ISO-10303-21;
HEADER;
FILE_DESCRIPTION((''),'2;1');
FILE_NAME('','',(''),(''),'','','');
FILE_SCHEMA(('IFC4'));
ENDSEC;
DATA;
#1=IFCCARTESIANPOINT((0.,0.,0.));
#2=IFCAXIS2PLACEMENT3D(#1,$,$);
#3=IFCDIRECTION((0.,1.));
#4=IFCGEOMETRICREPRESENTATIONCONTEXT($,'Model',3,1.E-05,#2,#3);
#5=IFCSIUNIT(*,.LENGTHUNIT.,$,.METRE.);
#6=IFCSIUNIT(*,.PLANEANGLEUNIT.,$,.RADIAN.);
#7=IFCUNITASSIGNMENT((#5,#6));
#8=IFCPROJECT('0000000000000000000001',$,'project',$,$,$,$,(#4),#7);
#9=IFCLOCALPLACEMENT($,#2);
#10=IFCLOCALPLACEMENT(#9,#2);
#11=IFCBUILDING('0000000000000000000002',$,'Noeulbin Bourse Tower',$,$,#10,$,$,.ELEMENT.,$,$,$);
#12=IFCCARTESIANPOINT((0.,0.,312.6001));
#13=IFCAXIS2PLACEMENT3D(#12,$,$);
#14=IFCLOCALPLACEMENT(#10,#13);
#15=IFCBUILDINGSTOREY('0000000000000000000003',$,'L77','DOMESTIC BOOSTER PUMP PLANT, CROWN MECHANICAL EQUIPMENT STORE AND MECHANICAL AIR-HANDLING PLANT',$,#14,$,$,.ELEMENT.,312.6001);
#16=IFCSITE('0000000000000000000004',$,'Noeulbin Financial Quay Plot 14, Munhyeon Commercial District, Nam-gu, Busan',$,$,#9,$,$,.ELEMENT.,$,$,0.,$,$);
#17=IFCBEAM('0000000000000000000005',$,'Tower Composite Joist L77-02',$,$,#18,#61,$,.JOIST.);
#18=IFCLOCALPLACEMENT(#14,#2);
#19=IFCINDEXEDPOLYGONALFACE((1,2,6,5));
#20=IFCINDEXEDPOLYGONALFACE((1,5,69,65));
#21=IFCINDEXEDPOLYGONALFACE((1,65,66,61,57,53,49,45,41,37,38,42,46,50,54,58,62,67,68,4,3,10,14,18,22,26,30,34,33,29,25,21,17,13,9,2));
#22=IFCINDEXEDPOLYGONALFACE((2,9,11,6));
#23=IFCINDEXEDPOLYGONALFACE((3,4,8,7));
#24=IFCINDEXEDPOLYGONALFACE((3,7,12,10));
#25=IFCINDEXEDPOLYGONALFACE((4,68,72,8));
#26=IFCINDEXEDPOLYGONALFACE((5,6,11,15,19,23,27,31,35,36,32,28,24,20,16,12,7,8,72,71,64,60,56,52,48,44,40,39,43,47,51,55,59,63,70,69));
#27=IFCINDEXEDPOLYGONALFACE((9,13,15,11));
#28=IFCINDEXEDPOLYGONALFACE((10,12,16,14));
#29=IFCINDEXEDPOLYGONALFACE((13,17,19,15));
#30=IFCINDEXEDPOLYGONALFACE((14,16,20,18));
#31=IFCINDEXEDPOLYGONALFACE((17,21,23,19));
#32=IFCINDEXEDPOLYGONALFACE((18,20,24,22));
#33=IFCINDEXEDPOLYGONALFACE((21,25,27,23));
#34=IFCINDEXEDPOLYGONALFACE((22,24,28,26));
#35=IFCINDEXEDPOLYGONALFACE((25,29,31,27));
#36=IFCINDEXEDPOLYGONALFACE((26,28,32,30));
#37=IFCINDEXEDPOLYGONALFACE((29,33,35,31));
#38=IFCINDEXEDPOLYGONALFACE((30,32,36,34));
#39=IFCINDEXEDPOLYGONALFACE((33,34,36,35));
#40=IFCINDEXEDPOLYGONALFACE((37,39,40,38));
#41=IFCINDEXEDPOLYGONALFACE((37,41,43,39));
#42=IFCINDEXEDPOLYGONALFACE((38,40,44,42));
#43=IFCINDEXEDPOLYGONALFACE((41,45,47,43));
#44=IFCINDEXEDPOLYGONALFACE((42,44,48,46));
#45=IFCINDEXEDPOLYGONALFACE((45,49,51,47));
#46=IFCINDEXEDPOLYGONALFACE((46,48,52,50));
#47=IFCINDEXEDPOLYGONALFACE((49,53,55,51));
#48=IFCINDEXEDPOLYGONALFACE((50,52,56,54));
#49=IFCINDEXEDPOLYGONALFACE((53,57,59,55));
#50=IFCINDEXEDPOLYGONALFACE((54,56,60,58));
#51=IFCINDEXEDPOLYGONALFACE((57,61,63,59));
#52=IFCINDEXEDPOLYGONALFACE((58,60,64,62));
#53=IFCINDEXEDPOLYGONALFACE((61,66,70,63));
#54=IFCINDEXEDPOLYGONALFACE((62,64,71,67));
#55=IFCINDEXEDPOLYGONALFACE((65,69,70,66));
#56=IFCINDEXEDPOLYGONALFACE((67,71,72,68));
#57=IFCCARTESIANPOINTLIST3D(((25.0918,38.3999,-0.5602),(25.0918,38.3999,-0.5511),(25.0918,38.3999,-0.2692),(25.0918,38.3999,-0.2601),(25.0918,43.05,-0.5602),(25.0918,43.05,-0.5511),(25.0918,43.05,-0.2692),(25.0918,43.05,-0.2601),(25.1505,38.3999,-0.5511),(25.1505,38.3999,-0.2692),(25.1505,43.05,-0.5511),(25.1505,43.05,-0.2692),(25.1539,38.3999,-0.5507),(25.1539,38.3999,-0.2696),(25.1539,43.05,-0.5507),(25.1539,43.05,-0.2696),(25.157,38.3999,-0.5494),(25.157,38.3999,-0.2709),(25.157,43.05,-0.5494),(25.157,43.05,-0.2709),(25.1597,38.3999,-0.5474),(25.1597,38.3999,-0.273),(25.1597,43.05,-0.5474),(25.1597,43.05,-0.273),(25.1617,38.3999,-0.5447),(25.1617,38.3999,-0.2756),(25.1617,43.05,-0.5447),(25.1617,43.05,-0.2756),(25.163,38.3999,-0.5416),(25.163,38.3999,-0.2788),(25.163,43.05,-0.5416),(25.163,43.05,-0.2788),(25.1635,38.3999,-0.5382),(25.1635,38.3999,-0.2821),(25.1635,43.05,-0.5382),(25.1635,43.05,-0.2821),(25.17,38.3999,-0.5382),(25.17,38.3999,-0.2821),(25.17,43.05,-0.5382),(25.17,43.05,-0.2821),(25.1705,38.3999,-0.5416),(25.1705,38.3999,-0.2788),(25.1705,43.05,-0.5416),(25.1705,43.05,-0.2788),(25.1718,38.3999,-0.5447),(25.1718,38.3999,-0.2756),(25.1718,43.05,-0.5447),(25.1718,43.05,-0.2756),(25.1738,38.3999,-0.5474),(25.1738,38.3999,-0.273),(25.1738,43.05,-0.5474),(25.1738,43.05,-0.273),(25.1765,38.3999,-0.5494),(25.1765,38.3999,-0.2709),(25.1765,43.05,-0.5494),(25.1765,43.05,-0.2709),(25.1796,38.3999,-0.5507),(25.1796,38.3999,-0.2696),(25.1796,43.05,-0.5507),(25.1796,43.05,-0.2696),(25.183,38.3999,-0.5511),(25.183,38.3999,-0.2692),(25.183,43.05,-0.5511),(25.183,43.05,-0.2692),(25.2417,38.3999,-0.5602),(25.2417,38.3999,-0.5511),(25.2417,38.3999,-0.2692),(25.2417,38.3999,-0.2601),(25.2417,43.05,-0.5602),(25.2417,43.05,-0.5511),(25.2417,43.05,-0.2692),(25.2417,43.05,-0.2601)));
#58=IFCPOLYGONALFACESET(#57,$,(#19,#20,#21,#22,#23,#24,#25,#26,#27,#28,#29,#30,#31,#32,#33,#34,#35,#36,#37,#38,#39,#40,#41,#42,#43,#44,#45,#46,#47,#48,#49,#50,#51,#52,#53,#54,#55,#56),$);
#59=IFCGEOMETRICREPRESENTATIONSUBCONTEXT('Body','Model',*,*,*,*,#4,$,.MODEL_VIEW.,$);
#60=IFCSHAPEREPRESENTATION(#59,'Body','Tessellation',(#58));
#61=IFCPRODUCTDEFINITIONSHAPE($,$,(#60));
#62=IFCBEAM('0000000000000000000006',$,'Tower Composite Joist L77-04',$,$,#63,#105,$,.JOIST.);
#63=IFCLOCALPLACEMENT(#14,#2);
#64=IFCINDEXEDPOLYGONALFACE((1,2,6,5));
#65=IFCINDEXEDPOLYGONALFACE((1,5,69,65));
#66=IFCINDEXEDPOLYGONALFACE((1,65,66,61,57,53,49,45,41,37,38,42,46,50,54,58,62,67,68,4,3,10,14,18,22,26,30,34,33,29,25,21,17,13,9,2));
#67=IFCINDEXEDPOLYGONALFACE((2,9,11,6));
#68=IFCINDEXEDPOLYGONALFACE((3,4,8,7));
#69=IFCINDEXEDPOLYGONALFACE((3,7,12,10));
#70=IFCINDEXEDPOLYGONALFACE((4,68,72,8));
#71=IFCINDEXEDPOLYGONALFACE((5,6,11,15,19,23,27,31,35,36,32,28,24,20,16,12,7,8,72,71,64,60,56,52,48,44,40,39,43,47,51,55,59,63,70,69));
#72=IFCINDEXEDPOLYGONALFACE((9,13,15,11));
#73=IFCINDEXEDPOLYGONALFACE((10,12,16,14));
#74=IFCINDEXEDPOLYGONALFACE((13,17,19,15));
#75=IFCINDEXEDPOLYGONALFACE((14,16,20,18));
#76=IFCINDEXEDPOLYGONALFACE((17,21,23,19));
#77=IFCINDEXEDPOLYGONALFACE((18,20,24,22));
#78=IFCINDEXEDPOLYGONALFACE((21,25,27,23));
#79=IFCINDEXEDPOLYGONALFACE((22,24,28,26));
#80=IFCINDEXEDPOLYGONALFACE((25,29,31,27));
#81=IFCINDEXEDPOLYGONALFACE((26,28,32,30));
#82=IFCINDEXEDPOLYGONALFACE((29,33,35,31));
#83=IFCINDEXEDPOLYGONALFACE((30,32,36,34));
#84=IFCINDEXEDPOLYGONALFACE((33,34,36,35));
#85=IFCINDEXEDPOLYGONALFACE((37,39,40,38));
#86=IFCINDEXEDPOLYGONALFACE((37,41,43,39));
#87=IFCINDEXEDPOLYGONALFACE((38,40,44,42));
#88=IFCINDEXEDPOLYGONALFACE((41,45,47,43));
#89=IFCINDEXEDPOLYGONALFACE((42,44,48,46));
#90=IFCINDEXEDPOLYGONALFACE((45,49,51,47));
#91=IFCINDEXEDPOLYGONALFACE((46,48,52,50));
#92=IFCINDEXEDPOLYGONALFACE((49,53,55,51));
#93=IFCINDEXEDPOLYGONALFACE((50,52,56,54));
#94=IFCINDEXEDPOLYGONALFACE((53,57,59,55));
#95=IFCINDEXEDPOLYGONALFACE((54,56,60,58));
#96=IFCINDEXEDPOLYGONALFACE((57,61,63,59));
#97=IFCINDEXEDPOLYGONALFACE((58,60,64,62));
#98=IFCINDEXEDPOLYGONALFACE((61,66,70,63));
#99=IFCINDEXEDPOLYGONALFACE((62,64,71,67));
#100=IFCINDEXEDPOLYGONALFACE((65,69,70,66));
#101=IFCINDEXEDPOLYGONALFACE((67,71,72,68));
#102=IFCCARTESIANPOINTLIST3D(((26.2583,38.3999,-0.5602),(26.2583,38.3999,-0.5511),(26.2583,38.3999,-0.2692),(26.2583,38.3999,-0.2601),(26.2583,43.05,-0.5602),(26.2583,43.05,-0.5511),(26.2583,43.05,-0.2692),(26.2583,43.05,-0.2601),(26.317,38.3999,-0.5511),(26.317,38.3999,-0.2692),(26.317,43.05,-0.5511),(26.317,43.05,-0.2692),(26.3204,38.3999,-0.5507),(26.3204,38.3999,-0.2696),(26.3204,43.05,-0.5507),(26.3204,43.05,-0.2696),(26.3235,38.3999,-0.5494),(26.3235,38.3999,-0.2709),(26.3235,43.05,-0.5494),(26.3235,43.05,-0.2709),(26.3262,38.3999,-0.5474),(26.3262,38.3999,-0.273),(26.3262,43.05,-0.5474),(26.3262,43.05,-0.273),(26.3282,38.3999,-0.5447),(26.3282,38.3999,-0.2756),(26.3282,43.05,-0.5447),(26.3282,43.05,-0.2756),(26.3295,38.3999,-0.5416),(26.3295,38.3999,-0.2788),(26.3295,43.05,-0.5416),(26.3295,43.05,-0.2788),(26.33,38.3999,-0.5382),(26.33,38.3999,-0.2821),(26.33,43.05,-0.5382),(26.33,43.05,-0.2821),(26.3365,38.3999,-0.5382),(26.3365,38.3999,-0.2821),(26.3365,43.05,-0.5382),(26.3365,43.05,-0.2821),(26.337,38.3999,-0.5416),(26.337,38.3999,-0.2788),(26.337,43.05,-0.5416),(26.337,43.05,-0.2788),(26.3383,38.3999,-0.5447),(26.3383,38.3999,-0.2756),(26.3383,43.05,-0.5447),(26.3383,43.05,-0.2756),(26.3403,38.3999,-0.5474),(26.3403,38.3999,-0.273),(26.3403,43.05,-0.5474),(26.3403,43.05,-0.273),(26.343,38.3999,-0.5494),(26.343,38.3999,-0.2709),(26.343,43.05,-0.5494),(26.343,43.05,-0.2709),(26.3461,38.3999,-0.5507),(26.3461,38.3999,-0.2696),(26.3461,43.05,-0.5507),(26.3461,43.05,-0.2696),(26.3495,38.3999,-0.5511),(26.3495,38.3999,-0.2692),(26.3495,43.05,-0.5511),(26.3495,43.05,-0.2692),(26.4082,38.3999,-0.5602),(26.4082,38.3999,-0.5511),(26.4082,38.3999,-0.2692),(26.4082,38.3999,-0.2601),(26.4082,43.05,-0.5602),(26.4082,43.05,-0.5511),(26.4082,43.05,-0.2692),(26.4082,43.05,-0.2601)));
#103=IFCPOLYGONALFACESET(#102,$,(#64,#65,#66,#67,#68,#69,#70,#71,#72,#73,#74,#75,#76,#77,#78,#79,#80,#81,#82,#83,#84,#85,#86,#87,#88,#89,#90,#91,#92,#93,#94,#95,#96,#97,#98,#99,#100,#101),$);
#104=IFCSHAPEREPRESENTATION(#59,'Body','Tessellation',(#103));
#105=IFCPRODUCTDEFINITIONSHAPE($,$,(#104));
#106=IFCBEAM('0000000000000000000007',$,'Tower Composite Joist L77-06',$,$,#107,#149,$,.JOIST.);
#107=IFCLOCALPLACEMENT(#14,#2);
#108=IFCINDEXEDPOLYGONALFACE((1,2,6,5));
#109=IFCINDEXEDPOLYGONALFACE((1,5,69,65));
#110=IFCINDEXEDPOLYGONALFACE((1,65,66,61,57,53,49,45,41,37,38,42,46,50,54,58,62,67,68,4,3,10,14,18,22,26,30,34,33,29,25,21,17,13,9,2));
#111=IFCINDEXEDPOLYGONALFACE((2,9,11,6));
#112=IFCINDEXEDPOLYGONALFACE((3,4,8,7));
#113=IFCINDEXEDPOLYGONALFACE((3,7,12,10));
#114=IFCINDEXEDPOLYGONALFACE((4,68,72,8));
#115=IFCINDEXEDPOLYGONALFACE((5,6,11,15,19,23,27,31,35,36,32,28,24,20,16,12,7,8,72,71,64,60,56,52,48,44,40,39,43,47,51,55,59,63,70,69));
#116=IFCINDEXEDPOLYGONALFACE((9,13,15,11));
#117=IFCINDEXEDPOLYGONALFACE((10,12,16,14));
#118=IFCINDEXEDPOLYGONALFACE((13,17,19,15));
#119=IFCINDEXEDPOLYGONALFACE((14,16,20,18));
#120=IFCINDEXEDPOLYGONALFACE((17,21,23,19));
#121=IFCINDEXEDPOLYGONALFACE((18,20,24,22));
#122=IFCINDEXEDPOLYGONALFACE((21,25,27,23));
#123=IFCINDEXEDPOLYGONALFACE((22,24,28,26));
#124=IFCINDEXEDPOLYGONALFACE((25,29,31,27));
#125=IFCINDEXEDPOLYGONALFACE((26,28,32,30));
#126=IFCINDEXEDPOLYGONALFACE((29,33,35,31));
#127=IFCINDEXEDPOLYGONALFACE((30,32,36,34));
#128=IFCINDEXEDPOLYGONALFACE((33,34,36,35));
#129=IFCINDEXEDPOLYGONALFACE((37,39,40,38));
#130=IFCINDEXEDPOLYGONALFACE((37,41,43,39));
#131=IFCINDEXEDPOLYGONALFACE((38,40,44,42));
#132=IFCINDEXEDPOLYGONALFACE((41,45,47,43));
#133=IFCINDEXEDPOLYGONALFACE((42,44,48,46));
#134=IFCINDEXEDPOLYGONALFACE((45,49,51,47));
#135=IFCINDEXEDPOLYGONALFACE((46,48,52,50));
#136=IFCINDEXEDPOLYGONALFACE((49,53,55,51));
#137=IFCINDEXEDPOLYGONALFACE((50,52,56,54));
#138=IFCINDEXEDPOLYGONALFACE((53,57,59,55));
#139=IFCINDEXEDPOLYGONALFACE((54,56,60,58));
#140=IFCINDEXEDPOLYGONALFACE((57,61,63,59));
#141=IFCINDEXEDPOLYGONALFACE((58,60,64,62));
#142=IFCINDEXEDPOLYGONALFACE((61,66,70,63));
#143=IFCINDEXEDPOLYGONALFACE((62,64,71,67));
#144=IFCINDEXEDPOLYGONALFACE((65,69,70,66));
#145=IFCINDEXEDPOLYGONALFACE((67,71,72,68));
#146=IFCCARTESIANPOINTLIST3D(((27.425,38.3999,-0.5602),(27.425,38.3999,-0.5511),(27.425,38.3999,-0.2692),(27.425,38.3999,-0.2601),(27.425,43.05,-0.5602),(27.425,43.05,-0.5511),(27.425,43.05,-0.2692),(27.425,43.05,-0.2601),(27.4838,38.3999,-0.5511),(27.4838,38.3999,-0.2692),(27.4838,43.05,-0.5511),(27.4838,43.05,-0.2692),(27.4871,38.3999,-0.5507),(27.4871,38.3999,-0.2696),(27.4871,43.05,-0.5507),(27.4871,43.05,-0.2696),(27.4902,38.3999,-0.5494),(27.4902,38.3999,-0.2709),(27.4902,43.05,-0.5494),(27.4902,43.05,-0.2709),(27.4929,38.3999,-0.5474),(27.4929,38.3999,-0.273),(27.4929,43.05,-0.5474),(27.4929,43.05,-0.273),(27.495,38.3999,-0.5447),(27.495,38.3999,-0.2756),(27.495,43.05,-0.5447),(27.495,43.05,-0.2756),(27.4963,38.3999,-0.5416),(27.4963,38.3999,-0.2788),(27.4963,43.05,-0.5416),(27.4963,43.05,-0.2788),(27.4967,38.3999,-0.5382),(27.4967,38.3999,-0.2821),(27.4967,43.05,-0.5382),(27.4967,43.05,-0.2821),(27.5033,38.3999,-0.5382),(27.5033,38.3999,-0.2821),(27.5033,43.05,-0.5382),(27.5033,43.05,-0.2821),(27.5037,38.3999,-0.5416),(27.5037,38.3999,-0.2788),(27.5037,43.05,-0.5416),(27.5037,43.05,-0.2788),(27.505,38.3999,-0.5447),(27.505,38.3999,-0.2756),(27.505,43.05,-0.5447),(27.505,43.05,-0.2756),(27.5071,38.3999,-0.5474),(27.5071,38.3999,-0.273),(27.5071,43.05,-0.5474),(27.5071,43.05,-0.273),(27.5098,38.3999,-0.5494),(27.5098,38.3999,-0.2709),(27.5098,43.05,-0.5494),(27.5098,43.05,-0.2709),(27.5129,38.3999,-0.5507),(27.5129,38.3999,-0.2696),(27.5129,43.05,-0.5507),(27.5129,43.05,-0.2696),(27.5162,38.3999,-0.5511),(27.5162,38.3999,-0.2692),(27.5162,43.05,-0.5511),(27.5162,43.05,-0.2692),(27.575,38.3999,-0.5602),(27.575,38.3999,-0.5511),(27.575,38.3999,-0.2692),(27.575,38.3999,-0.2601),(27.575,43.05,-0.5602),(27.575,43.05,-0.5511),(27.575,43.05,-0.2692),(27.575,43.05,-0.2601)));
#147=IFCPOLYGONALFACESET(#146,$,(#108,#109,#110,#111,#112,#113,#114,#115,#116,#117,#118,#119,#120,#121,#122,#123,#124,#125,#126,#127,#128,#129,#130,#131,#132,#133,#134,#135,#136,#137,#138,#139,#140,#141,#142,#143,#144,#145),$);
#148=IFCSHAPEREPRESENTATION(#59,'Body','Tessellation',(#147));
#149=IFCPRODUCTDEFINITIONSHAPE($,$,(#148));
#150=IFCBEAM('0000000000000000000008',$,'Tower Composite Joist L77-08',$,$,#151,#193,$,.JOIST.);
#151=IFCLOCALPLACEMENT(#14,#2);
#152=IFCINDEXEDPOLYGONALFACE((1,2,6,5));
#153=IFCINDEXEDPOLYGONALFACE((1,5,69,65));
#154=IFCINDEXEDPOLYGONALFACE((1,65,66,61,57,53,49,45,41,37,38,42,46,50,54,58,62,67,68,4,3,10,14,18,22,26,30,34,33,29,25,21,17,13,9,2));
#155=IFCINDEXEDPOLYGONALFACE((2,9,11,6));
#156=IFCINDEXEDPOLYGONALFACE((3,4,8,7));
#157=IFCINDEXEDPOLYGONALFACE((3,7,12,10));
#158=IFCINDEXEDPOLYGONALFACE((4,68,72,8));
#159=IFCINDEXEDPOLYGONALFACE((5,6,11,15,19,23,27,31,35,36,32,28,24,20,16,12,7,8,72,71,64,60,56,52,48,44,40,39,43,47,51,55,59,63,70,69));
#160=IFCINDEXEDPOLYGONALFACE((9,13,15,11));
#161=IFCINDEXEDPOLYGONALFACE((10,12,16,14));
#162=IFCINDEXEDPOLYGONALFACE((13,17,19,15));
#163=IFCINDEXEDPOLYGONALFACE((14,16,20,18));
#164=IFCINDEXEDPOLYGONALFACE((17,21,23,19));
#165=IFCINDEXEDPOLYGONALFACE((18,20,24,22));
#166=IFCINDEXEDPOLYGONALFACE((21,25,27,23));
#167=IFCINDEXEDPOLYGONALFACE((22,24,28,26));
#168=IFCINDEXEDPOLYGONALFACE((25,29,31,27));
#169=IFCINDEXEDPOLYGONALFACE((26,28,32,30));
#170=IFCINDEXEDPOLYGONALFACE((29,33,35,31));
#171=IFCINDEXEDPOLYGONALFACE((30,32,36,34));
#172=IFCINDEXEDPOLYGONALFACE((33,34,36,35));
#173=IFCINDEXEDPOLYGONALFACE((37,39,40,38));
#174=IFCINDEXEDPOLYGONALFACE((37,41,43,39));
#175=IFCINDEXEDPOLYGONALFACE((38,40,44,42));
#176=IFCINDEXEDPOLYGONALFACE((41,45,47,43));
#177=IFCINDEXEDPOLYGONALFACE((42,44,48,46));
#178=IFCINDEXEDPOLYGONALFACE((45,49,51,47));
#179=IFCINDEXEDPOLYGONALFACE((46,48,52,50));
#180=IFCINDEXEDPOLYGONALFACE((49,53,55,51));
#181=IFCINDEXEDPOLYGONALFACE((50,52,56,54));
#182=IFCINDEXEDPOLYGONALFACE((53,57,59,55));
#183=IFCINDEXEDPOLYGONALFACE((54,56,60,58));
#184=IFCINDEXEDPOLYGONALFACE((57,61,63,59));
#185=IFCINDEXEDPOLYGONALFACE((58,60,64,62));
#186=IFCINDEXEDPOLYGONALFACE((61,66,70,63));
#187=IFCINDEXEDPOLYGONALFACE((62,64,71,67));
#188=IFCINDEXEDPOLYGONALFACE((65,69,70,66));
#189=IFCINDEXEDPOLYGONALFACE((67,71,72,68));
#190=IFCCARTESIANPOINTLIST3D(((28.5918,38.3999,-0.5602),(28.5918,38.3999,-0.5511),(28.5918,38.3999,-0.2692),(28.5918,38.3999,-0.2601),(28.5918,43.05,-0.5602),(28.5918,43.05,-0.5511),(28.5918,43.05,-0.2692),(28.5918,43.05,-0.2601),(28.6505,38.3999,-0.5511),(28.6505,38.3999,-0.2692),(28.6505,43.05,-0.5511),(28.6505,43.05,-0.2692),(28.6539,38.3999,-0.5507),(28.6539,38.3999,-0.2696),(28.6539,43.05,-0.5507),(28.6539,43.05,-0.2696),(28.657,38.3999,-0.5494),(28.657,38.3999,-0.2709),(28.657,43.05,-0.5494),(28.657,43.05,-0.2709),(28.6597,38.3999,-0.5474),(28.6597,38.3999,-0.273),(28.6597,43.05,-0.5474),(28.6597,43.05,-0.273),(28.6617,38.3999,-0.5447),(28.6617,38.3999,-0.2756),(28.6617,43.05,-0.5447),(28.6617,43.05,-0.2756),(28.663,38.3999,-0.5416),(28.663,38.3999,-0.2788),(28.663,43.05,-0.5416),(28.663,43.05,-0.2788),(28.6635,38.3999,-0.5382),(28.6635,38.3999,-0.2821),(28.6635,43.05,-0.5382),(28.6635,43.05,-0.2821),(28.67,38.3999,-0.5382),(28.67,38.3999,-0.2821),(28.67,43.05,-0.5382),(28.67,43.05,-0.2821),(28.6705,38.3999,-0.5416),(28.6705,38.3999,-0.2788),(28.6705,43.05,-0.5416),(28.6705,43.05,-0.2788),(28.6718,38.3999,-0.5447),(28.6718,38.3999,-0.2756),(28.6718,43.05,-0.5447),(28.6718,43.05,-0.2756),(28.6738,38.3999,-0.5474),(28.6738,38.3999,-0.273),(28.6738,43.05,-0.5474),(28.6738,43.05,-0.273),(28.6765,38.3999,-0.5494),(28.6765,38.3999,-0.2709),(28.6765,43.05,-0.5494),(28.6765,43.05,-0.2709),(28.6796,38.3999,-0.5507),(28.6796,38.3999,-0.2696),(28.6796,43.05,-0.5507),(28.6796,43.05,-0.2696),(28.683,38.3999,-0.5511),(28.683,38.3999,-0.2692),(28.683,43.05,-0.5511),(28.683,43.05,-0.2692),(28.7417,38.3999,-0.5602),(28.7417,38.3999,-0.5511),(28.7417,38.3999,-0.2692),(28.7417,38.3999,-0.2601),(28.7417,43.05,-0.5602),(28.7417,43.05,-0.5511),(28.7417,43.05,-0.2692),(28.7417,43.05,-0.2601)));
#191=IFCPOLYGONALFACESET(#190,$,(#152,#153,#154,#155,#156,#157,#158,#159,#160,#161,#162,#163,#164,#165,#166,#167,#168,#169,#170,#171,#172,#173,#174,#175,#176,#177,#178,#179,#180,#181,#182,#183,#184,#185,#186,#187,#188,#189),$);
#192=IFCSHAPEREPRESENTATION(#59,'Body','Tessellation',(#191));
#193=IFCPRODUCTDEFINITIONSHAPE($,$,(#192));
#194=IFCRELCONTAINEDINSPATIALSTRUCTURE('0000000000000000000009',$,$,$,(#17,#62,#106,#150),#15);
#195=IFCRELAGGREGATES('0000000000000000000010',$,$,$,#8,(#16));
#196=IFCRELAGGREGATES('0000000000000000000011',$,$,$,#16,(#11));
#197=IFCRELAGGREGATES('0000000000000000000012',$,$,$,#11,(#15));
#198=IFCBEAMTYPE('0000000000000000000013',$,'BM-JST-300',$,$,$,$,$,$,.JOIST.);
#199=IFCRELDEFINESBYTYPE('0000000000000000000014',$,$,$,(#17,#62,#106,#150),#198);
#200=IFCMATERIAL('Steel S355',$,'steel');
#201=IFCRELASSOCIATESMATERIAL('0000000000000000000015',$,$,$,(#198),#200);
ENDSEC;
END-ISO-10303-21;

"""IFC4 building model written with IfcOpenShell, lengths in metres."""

from ifc_helpers import new_model, si_unit, direction, frame, origin, origin_2d, place, context, subcontext, project, spatial, i_section, extrude, material, material_profile, profile_set, type_object, element, save


model = new_model("IFC4")

# Units and contexts
model_context = context("Model", 3, precision=1e-05, world=origin(), true_north=direction((0.0, 1.0)))
body_context = subcontext(model_context, "Body", "Model", "MODEL_VIEW")
ifc_project = project(units=[si_unit("LENGTHUNIT", "METRE"), si_unit("PLANEANGLEUNIT", "RADIAN")], contexts=[model_context])

# Site, building, storey
site_placement = place(None, origin())
site = spatial("IfcSite", under=ifc_project, at=site_placement, Name="Noeulbin Financial Quay Plot 14, Munhyeon Commercial District, Nam-gu, Busan", CompositionType="ELEMENT", RefElevation=0.0)
building_placement = place(site_placement, origin())
building = spatial("IfcBuilding", under=site, at=building_placement, Name="Noeulbin Bourse Tower", CompositionType="ELEMENT")
storey_placement = place(building_placement, frame((0.0, 0.0, 312.6001)))
storey = spatial("IfcBuildingStorey", under=building, at=storey_placement, Name="L77", Description="DOMESTIC BOOSTER PUMP PLANT, CROWN MECHANICAL EQUIPMENT STORE AND MECHANICAL AIR-HANDLING PLANT", CompositionType="ELEMENT", Elevation=312.6001)

# Shared definitions
ifc_material_1 = material(Name="Steel S355", Category="steel")

# Beams
ifc_material_profile_1 = material_profile(ifc_material_1, i_section(OverallWidth=0.1499, OverallDepth=0.3, WebThickness=0.0066, FlangeThickness=0.009, FilletRadius=0.0129, at=origin_2d()), Name="H-300x150x6.5x9", Category="LoadBearing")
ifc_profile_set_1 = profile_set([ifc_material_profile_1], Name="Steel S355")
beam_type_1 = type_object("IfcBeamType", Name="BM-JST-300", PredefinedType="JOIST", material=ifc_profile_set_1)
for number, where, z_axis, x_axis, name in (
    (1, (25.1667, 38.3999, -0.4102), (0.0, 1.0, 0.0), (-1.0, 0.0, 0.0), "Tower Composite Joist L77-02"),
    (2, (26.3333, 38.3999, -0.4102), (0.0, 1.0, 0.0), (-1.0, 0.0, 0.0), "Tower Composite Joist L77-04"),
    (3, (27.5, 38.3999, -0.4102), (0.0, 1.0, 0.0), (-1.0, 0.0, 0.0), "Tower Composite Joist L77-06"),
    (4, (28.6667, 38.3999, -0.4102), (0.0, 1.0, 0.0), (-1.0, 0.0, 0.0), "Tower Composite Joist L77-08"),
):
    element("IfcBeam", number, at=place(storey_placement, frame(where, z_axis=z_axis, x_axis=x_axis)), inside=storey, type_object=beam_type_1, Name=name, PredefinedType="JOIST", context=body_context, shape_type="SweptSolid", body=[
        extrude(i_section(OverallWidth=0.1499, OverallDepth=0.3, WebThickness=0.0066, FlangeThickness=0.009, FilletRadius=0.0129, at=origin_2d()), origin(), (0.0, 0.0, 1.0), 4.6501),
    ])

save(model, "model.ifc")
